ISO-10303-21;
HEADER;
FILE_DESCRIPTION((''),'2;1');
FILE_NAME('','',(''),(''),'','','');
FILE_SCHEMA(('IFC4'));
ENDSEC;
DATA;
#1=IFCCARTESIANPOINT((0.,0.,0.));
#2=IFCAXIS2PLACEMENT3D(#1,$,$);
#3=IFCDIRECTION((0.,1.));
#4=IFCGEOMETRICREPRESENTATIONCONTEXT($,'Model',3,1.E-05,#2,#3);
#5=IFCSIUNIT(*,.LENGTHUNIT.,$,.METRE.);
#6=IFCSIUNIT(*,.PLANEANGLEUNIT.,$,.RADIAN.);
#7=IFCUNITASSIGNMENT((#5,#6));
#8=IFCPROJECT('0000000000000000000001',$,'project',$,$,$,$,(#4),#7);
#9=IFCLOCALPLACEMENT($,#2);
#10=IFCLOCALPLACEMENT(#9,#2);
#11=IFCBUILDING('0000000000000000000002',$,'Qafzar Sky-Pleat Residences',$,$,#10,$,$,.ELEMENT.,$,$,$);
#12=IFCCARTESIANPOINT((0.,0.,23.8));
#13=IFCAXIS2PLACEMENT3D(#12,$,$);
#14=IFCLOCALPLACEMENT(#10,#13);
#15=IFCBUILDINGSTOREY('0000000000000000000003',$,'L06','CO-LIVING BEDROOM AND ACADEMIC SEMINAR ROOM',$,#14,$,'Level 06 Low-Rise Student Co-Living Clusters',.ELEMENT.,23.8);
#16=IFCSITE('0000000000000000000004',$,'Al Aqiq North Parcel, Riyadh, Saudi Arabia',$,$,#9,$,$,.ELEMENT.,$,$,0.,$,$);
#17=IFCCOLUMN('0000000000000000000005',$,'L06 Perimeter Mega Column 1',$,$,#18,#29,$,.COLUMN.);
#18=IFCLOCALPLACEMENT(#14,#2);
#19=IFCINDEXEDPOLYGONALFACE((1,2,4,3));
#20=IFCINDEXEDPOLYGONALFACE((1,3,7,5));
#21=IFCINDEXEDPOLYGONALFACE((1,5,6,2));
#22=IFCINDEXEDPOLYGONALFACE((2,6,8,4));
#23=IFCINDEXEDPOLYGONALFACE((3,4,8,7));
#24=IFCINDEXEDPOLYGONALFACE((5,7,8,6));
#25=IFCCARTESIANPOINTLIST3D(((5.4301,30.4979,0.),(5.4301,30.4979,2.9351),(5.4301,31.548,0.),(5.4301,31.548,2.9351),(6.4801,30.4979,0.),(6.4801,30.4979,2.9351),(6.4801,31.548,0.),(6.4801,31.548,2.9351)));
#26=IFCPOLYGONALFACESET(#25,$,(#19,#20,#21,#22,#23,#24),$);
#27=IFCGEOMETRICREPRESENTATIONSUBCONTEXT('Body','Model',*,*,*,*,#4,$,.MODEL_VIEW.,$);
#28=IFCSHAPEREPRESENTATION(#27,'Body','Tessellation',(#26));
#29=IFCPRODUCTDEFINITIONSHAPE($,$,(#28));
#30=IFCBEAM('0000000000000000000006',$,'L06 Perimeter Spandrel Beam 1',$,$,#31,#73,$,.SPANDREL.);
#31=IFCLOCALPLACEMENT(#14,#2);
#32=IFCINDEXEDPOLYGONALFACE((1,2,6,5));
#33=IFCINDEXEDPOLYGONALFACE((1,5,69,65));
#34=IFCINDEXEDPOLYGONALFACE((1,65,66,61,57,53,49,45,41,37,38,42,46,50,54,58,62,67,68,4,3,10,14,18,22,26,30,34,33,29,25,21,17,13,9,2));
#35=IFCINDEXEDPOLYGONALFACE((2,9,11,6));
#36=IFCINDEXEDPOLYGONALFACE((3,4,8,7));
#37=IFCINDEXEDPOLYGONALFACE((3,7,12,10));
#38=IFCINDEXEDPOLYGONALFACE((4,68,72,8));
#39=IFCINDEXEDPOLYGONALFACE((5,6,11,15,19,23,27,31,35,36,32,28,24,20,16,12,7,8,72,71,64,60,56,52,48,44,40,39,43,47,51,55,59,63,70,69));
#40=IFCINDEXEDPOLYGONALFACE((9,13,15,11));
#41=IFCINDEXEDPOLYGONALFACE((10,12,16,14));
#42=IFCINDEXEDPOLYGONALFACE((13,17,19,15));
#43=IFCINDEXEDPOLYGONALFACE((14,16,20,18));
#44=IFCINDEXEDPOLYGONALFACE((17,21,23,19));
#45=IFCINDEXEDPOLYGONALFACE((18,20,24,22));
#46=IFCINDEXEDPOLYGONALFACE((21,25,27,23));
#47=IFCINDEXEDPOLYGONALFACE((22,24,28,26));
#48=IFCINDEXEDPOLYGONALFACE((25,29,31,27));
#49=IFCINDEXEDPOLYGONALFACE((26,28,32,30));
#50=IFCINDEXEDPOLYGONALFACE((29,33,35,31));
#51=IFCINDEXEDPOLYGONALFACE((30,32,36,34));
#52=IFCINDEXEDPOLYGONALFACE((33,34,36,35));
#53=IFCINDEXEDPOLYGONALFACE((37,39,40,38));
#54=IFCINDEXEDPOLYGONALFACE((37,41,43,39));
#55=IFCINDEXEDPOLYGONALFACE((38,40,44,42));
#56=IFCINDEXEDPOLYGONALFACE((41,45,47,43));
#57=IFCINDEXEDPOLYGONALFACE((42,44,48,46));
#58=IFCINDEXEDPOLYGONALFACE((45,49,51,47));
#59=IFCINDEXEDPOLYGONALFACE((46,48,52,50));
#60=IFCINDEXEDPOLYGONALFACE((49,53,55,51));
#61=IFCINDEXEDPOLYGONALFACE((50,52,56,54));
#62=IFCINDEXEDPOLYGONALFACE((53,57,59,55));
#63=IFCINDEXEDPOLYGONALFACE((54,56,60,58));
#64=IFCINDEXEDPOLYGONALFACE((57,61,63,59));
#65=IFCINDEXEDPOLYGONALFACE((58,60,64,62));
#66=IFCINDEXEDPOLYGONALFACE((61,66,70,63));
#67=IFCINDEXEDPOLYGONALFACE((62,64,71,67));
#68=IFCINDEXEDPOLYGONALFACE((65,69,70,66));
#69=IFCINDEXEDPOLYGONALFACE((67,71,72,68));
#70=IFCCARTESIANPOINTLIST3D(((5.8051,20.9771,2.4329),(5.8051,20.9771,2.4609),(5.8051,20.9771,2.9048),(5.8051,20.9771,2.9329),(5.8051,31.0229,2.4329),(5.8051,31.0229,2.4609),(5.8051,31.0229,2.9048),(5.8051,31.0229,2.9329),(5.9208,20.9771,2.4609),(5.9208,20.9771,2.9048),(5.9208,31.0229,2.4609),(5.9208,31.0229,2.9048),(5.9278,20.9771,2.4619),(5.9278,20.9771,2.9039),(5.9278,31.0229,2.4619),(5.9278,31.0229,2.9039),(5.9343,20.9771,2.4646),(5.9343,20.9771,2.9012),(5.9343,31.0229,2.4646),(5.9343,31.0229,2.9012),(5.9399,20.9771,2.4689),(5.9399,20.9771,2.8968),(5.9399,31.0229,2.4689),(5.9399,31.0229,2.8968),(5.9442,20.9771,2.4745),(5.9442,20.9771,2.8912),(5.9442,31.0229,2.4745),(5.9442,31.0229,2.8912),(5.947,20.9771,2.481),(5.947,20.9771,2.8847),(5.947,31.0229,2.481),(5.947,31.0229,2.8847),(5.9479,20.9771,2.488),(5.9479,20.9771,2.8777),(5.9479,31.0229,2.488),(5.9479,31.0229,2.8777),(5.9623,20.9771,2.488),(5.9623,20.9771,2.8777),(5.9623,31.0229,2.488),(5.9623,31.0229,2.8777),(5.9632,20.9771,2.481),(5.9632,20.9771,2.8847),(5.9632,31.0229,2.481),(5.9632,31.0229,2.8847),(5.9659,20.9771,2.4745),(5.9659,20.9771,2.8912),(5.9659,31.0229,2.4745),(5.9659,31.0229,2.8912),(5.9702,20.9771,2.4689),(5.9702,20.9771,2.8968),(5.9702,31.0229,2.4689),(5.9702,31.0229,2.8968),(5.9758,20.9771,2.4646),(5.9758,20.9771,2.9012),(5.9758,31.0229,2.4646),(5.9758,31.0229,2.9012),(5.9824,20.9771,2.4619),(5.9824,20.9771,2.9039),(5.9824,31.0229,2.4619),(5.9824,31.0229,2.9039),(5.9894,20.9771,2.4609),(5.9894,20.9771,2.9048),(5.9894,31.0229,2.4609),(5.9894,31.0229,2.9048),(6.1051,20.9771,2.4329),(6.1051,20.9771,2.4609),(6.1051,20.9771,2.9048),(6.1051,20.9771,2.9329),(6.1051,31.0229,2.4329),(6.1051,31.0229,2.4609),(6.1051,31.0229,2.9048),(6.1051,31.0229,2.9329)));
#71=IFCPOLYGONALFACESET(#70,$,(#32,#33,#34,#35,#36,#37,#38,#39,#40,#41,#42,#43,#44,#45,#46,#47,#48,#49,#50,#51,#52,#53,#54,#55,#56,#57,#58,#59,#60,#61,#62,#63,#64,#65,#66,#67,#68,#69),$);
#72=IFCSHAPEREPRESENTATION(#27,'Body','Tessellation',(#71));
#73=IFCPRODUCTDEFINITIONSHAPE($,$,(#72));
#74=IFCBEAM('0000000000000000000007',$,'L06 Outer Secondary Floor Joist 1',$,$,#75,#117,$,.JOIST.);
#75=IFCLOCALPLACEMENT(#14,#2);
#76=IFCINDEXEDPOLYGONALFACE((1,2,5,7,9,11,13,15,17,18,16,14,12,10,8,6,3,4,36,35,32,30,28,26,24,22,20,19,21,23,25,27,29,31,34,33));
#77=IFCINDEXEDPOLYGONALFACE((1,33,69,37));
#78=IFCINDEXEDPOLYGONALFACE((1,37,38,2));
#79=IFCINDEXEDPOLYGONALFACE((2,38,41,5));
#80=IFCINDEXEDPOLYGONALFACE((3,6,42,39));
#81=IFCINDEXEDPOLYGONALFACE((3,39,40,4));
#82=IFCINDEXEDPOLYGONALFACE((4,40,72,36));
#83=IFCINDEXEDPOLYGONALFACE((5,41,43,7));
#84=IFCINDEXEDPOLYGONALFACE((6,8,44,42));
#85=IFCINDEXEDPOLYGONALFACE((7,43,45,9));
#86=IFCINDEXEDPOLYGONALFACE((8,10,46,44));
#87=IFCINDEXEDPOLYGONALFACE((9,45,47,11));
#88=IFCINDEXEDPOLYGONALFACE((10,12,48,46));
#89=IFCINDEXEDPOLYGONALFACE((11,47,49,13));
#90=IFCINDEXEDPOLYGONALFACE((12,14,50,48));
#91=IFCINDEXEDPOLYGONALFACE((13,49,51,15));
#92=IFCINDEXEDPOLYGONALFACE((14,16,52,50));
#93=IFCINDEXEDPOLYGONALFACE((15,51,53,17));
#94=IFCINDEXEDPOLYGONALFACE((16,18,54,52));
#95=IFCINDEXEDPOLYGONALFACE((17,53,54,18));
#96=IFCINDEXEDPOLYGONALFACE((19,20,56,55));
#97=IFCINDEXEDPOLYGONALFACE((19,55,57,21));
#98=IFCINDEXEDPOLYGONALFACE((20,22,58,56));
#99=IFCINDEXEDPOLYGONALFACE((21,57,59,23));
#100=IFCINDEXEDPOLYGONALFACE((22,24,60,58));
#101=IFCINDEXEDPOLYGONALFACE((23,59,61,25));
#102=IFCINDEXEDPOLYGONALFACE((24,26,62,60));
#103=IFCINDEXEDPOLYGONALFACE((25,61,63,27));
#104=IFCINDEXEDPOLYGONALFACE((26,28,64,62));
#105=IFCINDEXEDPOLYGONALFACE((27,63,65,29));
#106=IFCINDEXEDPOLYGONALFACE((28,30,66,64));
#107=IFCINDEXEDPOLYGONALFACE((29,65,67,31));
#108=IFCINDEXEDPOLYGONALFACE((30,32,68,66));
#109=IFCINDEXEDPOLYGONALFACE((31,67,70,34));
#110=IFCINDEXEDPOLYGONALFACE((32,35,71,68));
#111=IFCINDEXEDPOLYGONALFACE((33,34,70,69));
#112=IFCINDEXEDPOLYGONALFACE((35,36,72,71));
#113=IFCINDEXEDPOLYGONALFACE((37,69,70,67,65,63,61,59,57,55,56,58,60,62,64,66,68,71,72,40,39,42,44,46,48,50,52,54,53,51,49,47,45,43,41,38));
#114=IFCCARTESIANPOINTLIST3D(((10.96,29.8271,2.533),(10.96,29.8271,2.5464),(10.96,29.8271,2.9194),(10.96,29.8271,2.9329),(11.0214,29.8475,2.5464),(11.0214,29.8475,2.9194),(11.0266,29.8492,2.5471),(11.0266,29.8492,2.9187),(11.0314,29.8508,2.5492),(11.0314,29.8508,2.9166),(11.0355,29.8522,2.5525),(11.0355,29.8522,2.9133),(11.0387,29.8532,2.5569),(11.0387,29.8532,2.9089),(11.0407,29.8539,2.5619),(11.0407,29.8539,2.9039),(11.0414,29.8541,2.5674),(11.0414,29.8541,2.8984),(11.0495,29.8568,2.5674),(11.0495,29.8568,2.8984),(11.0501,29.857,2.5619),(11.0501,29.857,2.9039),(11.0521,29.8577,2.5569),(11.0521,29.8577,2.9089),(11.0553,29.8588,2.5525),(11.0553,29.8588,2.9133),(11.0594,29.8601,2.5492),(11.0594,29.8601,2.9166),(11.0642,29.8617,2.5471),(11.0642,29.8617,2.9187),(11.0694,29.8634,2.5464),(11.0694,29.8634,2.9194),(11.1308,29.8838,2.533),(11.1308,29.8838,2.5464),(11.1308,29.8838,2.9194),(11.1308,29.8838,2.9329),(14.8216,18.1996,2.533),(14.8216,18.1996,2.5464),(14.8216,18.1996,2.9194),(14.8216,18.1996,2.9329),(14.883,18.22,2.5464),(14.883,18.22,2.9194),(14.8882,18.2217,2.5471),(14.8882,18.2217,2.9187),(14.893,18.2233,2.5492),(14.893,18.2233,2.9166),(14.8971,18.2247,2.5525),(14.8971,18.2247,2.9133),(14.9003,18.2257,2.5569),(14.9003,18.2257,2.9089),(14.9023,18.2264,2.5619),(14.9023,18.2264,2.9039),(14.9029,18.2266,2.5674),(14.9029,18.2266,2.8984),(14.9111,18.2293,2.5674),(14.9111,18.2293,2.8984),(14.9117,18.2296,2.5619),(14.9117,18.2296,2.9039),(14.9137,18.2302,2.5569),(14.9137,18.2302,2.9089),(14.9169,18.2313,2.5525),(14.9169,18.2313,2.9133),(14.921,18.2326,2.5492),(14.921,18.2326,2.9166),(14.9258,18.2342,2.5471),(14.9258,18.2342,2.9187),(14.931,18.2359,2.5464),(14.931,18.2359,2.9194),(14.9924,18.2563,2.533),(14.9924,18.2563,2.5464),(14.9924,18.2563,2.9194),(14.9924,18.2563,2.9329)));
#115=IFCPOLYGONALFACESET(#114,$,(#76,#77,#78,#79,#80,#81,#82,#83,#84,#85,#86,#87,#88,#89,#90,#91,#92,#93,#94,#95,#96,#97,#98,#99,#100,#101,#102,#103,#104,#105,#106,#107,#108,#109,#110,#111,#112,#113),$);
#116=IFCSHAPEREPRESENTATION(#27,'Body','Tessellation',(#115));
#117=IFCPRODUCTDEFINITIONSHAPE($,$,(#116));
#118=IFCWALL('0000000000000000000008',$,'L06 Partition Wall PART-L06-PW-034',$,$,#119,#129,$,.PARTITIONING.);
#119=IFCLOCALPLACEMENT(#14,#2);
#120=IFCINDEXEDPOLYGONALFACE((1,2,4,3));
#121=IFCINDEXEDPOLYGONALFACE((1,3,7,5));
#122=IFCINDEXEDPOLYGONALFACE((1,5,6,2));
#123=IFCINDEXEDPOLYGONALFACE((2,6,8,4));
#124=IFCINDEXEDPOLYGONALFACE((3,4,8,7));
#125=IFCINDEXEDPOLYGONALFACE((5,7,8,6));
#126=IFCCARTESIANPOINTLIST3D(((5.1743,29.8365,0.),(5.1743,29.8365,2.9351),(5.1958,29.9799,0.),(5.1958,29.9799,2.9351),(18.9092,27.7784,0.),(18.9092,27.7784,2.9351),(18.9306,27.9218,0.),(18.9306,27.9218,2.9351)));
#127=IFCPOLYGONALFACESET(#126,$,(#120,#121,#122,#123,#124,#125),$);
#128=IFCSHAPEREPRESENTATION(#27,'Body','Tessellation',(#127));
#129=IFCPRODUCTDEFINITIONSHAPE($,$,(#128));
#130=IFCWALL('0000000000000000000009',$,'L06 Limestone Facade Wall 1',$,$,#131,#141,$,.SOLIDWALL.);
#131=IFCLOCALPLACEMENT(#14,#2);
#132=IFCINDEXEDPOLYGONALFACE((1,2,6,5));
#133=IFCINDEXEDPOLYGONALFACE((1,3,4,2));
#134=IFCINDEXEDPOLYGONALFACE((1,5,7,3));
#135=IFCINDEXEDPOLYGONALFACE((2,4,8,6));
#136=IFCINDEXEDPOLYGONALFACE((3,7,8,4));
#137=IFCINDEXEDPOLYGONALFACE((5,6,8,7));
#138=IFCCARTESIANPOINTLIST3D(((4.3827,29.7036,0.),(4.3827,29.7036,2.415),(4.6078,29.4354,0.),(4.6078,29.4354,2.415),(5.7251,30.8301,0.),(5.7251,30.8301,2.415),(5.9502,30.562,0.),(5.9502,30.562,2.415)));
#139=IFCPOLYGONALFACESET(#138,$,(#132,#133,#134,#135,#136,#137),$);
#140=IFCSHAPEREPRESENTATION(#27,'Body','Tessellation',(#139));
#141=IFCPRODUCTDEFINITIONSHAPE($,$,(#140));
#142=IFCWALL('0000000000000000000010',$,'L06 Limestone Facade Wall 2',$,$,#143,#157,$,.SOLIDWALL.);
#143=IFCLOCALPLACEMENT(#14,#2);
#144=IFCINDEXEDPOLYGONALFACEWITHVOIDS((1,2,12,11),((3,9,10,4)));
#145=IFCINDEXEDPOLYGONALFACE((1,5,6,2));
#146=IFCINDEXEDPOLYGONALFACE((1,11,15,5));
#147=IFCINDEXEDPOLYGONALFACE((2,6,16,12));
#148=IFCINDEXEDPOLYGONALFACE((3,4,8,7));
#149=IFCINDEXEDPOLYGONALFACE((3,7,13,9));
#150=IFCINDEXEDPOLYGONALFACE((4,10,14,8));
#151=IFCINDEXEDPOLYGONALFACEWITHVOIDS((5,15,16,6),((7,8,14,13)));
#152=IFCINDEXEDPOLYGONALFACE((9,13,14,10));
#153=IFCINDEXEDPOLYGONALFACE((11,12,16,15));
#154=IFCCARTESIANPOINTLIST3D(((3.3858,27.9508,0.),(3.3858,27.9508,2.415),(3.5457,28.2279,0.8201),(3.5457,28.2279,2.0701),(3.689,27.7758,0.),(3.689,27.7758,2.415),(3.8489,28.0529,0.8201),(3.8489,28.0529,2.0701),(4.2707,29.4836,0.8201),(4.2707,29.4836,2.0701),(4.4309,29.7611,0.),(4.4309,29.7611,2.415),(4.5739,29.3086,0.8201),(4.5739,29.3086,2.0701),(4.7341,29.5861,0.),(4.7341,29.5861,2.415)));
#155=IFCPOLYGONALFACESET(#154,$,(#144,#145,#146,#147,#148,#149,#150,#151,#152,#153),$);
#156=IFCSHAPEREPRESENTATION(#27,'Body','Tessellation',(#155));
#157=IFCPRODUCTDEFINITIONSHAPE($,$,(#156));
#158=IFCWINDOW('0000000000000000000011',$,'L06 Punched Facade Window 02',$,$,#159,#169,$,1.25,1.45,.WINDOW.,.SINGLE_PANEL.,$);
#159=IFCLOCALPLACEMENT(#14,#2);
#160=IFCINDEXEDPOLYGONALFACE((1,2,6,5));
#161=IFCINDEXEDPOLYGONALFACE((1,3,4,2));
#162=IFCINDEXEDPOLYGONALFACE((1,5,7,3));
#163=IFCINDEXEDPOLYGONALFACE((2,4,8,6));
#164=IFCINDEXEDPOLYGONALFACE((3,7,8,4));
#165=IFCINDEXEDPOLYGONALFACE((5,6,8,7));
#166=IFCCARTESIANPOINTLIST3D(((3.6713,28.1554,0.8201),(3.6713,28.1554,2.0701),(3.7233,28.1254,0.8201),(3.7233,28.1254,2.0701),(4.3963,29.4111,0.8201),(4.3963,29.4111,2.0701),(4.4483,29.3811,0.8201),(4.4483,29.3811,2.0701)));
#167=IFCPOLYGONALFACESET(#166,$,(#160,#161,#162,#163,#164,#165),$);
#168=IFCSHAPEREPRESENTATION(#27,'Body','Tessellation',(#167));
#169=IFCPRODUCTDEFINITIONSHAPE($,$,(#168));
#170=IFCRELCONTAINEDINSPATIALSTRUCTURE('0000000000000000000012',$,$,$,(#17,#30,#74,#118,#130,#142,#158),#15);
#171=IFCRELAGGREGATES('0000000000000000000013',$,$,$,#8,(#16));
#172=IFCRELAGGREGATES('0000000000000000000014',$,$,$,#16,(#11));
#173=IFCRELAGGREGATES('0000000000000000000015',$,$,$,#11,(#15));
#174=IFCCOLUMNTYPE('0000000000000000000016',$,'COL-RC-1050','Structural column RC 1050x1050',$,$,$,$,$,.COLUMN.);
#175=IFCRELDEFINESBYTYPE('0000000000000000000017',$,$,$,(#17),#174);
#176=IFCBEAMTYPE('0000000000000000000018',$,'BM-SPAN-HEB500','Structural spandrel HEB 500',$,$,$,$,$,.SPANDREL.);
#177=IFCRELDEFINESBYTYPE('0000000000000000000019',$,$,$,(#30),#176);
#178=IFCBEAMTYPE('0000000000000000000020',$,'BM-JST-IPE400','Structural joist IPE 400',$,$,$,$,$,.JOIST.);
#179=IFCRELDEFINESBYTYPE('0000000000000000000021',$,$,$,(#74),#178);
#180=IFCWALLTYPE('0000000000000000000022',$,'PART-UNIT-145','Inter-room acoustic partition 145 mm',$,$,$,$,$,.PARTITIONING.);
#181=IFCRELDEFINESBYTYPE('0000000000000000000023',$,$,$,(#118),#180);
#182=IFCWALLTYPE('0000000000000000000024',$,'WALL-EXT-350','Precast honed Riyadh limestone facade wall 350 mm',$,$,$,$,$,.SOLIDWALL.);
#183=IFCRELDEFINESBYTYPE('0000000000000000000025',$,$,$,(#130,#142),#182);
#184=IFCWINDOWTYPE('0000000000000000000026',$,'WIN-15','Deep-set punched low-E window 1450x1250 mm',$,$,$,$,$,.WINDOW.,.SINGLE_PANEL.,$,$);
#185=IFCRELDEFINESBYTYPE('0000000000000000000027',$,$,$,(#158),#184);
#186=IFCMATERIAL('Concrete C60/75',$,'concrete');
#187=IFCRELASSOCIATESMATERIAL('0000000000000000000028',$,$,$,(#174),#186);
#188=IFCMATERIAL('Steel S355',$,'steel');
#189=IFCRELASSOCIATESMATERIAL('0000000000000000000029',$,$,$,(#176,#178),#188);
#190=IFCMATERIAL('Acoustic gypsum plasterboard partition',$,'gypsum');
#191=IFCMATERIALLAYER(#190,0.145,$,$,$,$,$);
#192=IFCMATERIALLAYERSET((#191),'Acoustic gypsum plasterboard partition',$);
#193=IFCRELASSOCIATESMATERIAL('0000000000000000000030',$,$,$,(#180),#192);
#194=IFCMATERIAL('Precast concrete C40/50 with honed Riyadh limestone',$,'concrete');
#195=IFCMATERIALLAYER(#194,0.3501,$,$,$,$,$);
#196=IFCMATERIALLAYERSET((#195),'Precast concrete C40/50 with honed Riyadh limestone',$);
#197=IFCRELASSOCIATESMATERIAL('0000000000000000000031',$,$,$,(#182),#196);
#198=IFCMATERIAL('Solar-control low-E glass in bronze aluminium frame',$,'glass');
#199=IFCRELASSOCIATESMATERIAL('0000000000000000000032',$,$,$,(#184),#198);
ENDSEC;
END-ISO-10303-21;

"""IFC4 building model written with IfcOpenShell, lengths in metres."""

from ifc_helpers import new_model, si_unit, direction, frame, frame_2d, origin, origin_2d, place, context, subcontext, project, spatial, rectangle, i_section, extrude, source, transform, mapped, material, layer, layer_set, material_profile, profile_set, type_object, element, fill, save


model = new_model("IFC4")

# Units and contexts
model_context = context("Model", 3, precision=1e-05, world=origin(), true_north=direction((0.0, 1.0)))
body_context = subcontext(model_context, "Body", "Model", "MODEL_VIEW")
ifc_project = project(units=[si_unit("LENGTHUNIT", "METRE"), si_unit("PLANEANGLEUNIT", "RADIAN")], contexts=[model_context])

# Site, building, storey
site_placement = place(None, origin())
site = spatial("IfcSite", under=ifc_project, at=site_placement, Name="Al Aqiq North Parcel, Riyadh, Saudi Arabia", CompositionType="ELEMENT", RefElevation=0.0)
building_placement = place(site_placement, origin())
building = spatial("IfcBuilding", under=site, at=building_placement, Name="Qafzar Sky-Pleat Residences", CompositionType="ELEMENT")
storey_placement = place(building_placement, frame((0.0, 0.0, 23.8)))
storey = spatial("IfcBuildingStorey", under=building, at=storey_placement, Name="L06", Description="CO-LIVING BEDROOM AND ACADEMIC SEMINAR ROOM", LongName="Level 06 Low-Rise Student Co-Living Clusters", CompositionType="ELEMENT", Elevation=23.8)

# Column
ifc_material_1 = material(Name="Concrete C60/75", Category="concrete")
ifc_material_profile_1 = material_profile(ifc_material_1, rectangle(XDim=1.05, YDim=1.05, at=origin_2d()), Name="RC 1050x1050")
ifc_profile_set_1 = profile_set([ifc_material_profile_1], Name="Concrete C60/75")
column_type = type_object("IfcColumnType", Name="COL-RC-1050", Description="Structural column RC 1050x1050", PredefinedType="COLUMN", material=ifc_profile_set_1)
shared_shape_1 = source(origin(), body_context, "Body", "SweptSolid", [
    extrude(rectangle(XDim=1.05, YDim=1.05, at=origin_2d()), origin(), (0.0, 0.0, 1.0), 2.9351),
])
column_placement = place(storey_placement, frame((5.9551, 31.0229, 0.0), z_axis=(0.0, 0.0, 1.0), x_axis=(1.0, 0.0, 0.0)))
element("IfcColumn", 1, at=column_placement, inside=storey, type_object=column_type, Name="L06 Perimeter Mega Column 1", PredefinedType="COLUMN", context=body_context, shape_type="MappedRepresentation", body=[
    mapped(shared_shape_1, transform((0.0, 0.0, 0.0), x_axis=(1.0, 0.0, 0.0), y_axis=(0.0, 1.0, 0.0), z_axis=(0.0, 0.0, 1.0), scale=1.0)),
])

# Beams
ifc_material_2 = material(Name="Steel S355", Category="steel")
ifc_material_profile_2 = material_profile(ifc_material_2, i_section(OverallWidth=0.3, OverallDepth=0.5, WebThickness=0.0144, FlangeThickness=0.0281, FilletRadius=0.0271, at=origin_2d()), Name="HEB 500")
ifc_profile_set_2 = profile_set([ifc_material_profile_2], Name="Steel S355")
beam_type_1 = type_object("IfcBeamType", Name="BM-SPAN-HEB500", Description="Structural spandrel HEB 500", PredefinedType="SPANDREL", material=ifc_profile_set_2)
shared_shape_2 = source(origin(), body_context, "Body", "SweptSolid", [
    extrude(i_section(OverallWidth=0.3, OverallDepth=0.5, WebThickness=0.0144, FlangeThickness=0.0281, FilletRadius=0.0271, at=origin_2d()), origin(), (0.0, 0.0, 1.0), 10.0459),
])
beam_1_placement = place(storey_placement, frame((5.9551, 31.0229, 2.6829), z_axis=(0.0, -1.0, 0.0), x_axis=(1.0, 0.0, 0.0)))
element("IfcBeam", 2, at=beam_1_placement, inside=storey, type_object=beam_type_1, Name="L06 Perimeter Spandrel Beam 1", PredefinedType="SPANDREL", context=body_context, shape_type="MappedRepresentation", body=[
    mapped(shared_shape_2, transform((0.0, 0.0, 0.0), x_axis=(1.0, 0.0, 0.0), y_axis=(0.0, 1.0, 0.0), z_axis=(0.0, 0.0, 1.0), scale=1.0)),
])
ifc_material_profile_3 = material_profile(ifc_material_2, i_section(OverallWidth=0.1799, OverallDepth=0.3999, WebThickness=0.0085, FlangeThickness=0.0134, FilletRadius=0.021, at=origin_2d()), Name="IPE 400")
ifc_profile_set_3 = profile_set([ifc_material_profile_3], Name="Steel S355")
beam_type_2 = type_object("IfcBeamType", Name="BM-JST-IPE400", Description="Structural joist IPE 400", PredefinedType="JOIST", material=ifc_profile_set_3)
shared_shape_3 = source(origin(), body_context, "Body", "SweptSolid", [
    extrude(i_section(OverallWidth=0.1799, OverallDepth=0.3999, WebThickness=0.0085, FlangeThickness=0.0134, FilletRadius=0.021, at=origin_2d()), origin(), (0.0, 0.0, 1.0), 12.252),
])
beam_2_placement = place(storey_placement, frame((11.0454, 29.8555, 2.7329), z_axis=(0.315181, -0.949031, 0.0), x_axis=(0.949031, 0.315181, 0.0)))
element("IfcBeam", 3, at=beam_2_placement, inside=storey, type_object=beam_type_2, Name="L06 Outer Secondary Floor Joist 1", PredefinedType="JOIST", context=body_context, shape_type="MappedRepresentation", body=[
    mapped(shared_shape_3, transform((0.0, 0.0, 0.0), x_axis=(1.0, 0.0, 0.0), y_axis=(0.0, 1.0, 0.0), z_axis=(0.0, 0.0, 1.0), scale=1.0)),
])

# Walls
ifc_material_3 = material(Name="Acoustic gypsum plasterboard partition", Category="gypsum")
ifc_layer_1 = layer(ifc_material_3, 0.145)
ifc_layer_set_1 = layer_set([ifc_layer_1], Name="Acoustic gypsum plasterboard partition")
wall_type_1 = type_object("IfcWallType", Name="PART-UNIT-145", Description="Inter-room acoustic partition 145 mm", PredefinedType="PARTITIONING", material=ifc_layer_set_1)
wall_1_placement = place(storey_placement, frame((5.1851, 29.9082, 0.0), z_axis=(0.0, 0.0, 1.0), x_axis=(0.988959, -0.148191, 0.0)))
element("IfcWall", 4, at=wall_1_placement, inside=storey, type_object=wall_type_1, Name="L06 Partition Wall PART-L06-PW-034", PredefinedType="PARTITIONING", context=body_context, shape_type="SweptSolid", body=[
    extrude(rectangle(XDim=13.8882, YDim=0.145, at=frame_2d((6.9441, 0.0))), origin(), (0.0, 0.0, 1.0), 2.9351),
])
ifc_material_4 = material(Name="Precast concrete C40/50 with honed Riyadh limestone", Category="concrete")
ifc_layer_2 = layer(ifc_material_4, 0.3501)
ifc_layer_set_2 = layer_set([ifc_layer_2], Name="Precast concrete C40/50 with honed Riyadh limestone")
wall_type_2 = type_object("IfcWallType", Name="WALL-EXT-350", Description="Precast honed Riyadh limestone facade wall 350 mm", PredefinedType="SOLIDWALL", material=ifc_layer_set_2)
wall_2_placement = place(storey_placement, frame((5.8376, 30.696, 0.0), z_axis=(0.0, 0.0, 1.0), x_axis=(-0.766001, -0.642839, 0.0)))
element("IfcWall", 5, at=wall_2_placement, inside=storey, type_object=wall_type_2, Name="L06 Limestone Facade Wall 1", PredefinedType="SOLIDWALL", context=body_context, shape_type="SweptSolid", body=[
    extrude(rectangle(XDim=1.7524, YDim=0.3501, at=frame_2d((0.8762, 0.0))), origin(), (0.0, 0.0, 1.0), 2.415),
])

# Wall, opening, window
wall_3_placement = place(storey_placement, frame((4.5825, 29.6736, 0.0), z_axis=(0.0, 0.0, 1.0), x_axis=(-0.499995, -0.866028, 0.0)))
wall_3 = element("IfcWall", 6, at=wall_3_placement, inside=storey, type_object=wall_type_2, Name="L06 Limestone Facade Wall 2", PredefinedType="SOLIDWALL", context=body_context, shape_type="SweptSolid", body=[
    extrude(rectangle(XDim=2.0903, YDim=0.3501, at=frame_2d((1.0452, 0.0))), origin(), (0.0, 0.0, 1.0), 2.415),
])
opening_1_placement = place(wall_3_placement, frame((0.3203, 0.0, 0.8201)))
opening_1 = element("IfcOpeningElement", 7, at=opening_1_placement, cuts=wall_3, PredefinedType="OPENING", context=body_context, shape_type="SweptSolid", body=[
    extrude(rectangle(XDim=1.45, YDim=1.25, at=frame_2d((0.7251, 0.625))), frame((0.0, 0.1851, 0.0), z_axis=(0.0, -1.0, 0.0), x_axis=(1.0, 0.0, 0.0)), (0.0, 0.0, 1.0), 0.3701),
])
ifc_material_5 = material(Name="Solar-control low-E glass in bronze aluminium frame", Category="glass")
window_type = type_object("IfcWindowType", Name="WIN-15", Description="Deep-set punched low-E window 1450x1250 mm", PartitioningType="SINGLE_PANEL", PredefinedType="WINDOW", material=ifc_material_5)
shared_shape_4 = source(origin(), body_context, "Body", "SweptSolid", [
    extrude(rectangle(XDim=1.45, YDim=1.25, at=frame_2d((0.7251, 0.625))), frame((0.0, 0.03, 0.0), z_axis=(0.0, -1.0, 0.0), x_axis=(1.0, 0.0, 0.0)), (0.0, 0.0, 1.0), 0.0601),
])
window_1_placement = place(opening_1_placement, origin())
window_1 = element("IfcWindow", 8, at=window_1_placement, inside=storey, type_object=window_type, Name="L06 Punched Facade Window 02", OverallHeight=1.25, OverallWidth=1.45, PartitioningType="SINGLE_PANEL", PredefinedType="WINDOW", context=body_context, shape_type="MappedRepresentation", body=[
    mapped(shared_shape_4, transform((0.0, 0.0, 0.0), x_axis=(1.0, 0.0, 0.0), y_axis=(0.0, 1.0, 0.0), z_axis=(0.0, 0.0, 1.0), scale=1.0)),
])
fill(opening_1, window_1)

save(model, "model.ifc")
